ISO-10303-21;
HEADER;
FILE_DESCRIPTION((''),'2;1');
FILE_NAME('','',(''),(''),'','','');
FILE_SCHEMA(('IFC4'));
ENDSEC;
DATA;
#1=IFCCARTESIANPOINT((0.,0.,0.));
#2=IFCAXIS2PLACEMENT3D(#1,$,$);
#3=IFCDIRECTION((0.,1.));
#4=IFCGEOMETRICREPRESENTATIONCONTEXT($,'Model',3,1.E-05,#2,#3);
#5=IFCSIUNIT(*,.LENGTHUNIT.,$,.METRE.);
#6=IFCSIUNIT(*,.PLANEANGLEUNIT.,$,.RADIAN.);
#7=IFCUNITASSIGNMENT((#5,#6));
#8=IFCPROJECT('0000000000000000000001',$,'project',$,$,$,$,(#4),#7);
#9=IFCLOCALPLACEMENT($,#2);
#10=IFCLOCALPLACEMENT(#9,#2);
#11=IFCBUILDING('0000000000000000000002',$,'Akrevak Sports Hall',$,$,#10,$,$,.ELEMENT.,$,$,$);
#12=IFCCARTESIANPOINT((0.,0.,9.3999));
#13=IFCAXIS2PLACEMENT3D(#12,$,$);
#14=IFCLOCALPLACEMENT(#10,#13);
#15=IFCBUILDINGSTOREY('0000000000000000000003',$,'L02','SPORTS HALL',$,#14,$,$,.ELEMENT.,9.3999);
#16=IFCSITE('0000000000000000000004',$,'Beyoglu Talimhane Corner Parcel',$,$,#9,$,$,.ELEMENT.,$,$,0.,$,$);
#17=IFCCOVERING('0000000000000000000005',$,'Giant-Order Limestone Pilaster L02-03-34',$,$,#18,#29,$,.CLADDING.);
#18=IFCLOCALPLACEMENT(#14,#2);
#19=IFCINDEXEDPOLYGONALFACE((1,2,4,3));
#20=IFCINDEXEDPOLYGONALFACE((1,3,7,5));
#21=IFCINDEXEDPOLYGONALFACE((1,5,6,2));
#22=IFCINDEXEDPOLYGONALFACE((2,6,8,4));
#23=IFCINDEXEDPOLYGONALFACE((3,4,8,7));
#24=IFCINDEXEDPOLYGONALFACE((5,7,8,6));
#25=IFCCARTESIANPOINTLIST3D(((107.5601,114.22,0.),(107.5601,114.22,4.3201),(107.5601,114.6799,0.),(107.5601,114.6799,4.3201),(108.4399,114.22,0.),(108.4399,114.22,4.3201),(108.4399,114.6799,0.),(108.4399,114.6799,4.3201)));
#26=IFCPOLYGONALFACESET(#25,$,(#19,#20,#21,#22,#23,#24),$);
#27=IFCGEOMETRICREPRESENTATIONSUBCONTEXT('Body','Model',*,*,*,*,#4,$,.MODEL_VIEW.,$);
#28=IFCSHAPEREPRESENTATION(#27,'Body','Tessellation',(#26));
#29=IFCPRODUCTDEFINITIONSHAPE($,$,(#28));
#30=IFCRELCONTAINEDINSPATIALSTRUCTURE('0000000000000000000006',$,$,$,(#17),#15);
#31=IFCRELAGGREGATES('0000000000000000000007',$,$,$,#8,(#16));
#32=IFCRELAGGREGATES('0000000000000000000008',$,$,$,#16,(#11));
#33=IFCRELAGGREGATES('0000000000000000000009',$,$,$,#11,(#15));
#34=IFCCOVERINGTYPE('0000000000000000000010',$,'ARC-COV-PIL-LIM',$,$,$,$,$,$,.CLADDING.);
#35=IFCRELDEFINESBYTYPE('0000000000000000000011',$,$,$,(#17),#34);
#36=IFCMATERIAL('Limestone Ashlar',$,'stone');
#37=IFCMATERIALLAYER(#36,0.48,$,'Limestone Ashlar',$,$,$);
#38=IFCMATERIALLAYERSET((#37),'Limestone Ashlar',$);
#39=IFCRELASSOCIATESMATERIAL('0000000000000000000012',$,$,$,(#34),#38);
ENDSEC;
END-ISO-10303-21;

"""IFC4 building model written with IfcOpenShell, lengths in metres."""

from ifc_helpers import new_model, si_unit, direction, frame, origin, origin_2d, place, context, subcontext, project, spatial, rectangle, extrude, material, layer, layer_set, type_object, element, save


model = new_model("IFC4")

# Units and contexts
model_context = context("Model", 3, precision=1e-05, world=origin(), true_north=direction((0.0, 1.0)))
body_context = subcontext(model_context, "Body", "Model", "MODEL_VIEW")
ifc_project = project(units=[si_unit("LENGTHUNIT", "METRE"), si_unit("PLANEANGLEUNIT", "RADIAN")], contexts=[model_context])

# Site, building, storey
site_placement = place(None, origin())
site = spatial("IfcSite", under=ifc_project, at=site_placement, Name="Beyoglu Talimhane Corner Parcel", CompositionType="ELEMENT", RefElevation=0.0)
building_placement = place(site_placement, origin())
building = spatial("IfcBuilding", under=site, at=building_placement, Name="Akrevak Sports Hall", CompositionType="ELEMENT")
storey_placement = place(building_placement, frame((0.0, 0.0, 9.3999)))
storey = spatial("IfcBuildingStorey", under=building, at=storey_placement, Name="L02", Description="SPORTS HALL", CompositionType="ELEMENT", Elevation=9.3999)

# Shared definitions
ifc_material_1 = material(Name="Limestone Ashlar", Category="stone")

# Covering
ifc_layer_1 = layer(ifc_material_1, 0.48, Name="Limestone Ashlar")
ifc_layer_set_1 = layer_set([ifc_layer_1], Name="Limestone Ashlar")
covering_type = type_object("IfcCoveringType", Name="ARC-COV-PIL-LIM", PredefinedType="CLADDING", material=ifc_layer_set_1)
covering_placement = place(storey_placement, frame((108.0, 114.45, 0.0), z_axis=(0.0, 0.0, 1.0), x_axis=(-1.0, 0.0, 0.0)))
element("IfcCovering", 1, at=covering_placement, inside=storey, type_object=covering_type, Name="Giant-Order Limestone Pilaster L02-03-34", PredefinedType="CLADDING", context=body_context, shape_type="SweptSolid", body=[
    extrude(rectangle(XDim=0.8799, YDim=0.46, at=origin_2d()), origin(), (0.0, 0.0, 1.0), 4.3201),
])

save(model, "model.ifc")
